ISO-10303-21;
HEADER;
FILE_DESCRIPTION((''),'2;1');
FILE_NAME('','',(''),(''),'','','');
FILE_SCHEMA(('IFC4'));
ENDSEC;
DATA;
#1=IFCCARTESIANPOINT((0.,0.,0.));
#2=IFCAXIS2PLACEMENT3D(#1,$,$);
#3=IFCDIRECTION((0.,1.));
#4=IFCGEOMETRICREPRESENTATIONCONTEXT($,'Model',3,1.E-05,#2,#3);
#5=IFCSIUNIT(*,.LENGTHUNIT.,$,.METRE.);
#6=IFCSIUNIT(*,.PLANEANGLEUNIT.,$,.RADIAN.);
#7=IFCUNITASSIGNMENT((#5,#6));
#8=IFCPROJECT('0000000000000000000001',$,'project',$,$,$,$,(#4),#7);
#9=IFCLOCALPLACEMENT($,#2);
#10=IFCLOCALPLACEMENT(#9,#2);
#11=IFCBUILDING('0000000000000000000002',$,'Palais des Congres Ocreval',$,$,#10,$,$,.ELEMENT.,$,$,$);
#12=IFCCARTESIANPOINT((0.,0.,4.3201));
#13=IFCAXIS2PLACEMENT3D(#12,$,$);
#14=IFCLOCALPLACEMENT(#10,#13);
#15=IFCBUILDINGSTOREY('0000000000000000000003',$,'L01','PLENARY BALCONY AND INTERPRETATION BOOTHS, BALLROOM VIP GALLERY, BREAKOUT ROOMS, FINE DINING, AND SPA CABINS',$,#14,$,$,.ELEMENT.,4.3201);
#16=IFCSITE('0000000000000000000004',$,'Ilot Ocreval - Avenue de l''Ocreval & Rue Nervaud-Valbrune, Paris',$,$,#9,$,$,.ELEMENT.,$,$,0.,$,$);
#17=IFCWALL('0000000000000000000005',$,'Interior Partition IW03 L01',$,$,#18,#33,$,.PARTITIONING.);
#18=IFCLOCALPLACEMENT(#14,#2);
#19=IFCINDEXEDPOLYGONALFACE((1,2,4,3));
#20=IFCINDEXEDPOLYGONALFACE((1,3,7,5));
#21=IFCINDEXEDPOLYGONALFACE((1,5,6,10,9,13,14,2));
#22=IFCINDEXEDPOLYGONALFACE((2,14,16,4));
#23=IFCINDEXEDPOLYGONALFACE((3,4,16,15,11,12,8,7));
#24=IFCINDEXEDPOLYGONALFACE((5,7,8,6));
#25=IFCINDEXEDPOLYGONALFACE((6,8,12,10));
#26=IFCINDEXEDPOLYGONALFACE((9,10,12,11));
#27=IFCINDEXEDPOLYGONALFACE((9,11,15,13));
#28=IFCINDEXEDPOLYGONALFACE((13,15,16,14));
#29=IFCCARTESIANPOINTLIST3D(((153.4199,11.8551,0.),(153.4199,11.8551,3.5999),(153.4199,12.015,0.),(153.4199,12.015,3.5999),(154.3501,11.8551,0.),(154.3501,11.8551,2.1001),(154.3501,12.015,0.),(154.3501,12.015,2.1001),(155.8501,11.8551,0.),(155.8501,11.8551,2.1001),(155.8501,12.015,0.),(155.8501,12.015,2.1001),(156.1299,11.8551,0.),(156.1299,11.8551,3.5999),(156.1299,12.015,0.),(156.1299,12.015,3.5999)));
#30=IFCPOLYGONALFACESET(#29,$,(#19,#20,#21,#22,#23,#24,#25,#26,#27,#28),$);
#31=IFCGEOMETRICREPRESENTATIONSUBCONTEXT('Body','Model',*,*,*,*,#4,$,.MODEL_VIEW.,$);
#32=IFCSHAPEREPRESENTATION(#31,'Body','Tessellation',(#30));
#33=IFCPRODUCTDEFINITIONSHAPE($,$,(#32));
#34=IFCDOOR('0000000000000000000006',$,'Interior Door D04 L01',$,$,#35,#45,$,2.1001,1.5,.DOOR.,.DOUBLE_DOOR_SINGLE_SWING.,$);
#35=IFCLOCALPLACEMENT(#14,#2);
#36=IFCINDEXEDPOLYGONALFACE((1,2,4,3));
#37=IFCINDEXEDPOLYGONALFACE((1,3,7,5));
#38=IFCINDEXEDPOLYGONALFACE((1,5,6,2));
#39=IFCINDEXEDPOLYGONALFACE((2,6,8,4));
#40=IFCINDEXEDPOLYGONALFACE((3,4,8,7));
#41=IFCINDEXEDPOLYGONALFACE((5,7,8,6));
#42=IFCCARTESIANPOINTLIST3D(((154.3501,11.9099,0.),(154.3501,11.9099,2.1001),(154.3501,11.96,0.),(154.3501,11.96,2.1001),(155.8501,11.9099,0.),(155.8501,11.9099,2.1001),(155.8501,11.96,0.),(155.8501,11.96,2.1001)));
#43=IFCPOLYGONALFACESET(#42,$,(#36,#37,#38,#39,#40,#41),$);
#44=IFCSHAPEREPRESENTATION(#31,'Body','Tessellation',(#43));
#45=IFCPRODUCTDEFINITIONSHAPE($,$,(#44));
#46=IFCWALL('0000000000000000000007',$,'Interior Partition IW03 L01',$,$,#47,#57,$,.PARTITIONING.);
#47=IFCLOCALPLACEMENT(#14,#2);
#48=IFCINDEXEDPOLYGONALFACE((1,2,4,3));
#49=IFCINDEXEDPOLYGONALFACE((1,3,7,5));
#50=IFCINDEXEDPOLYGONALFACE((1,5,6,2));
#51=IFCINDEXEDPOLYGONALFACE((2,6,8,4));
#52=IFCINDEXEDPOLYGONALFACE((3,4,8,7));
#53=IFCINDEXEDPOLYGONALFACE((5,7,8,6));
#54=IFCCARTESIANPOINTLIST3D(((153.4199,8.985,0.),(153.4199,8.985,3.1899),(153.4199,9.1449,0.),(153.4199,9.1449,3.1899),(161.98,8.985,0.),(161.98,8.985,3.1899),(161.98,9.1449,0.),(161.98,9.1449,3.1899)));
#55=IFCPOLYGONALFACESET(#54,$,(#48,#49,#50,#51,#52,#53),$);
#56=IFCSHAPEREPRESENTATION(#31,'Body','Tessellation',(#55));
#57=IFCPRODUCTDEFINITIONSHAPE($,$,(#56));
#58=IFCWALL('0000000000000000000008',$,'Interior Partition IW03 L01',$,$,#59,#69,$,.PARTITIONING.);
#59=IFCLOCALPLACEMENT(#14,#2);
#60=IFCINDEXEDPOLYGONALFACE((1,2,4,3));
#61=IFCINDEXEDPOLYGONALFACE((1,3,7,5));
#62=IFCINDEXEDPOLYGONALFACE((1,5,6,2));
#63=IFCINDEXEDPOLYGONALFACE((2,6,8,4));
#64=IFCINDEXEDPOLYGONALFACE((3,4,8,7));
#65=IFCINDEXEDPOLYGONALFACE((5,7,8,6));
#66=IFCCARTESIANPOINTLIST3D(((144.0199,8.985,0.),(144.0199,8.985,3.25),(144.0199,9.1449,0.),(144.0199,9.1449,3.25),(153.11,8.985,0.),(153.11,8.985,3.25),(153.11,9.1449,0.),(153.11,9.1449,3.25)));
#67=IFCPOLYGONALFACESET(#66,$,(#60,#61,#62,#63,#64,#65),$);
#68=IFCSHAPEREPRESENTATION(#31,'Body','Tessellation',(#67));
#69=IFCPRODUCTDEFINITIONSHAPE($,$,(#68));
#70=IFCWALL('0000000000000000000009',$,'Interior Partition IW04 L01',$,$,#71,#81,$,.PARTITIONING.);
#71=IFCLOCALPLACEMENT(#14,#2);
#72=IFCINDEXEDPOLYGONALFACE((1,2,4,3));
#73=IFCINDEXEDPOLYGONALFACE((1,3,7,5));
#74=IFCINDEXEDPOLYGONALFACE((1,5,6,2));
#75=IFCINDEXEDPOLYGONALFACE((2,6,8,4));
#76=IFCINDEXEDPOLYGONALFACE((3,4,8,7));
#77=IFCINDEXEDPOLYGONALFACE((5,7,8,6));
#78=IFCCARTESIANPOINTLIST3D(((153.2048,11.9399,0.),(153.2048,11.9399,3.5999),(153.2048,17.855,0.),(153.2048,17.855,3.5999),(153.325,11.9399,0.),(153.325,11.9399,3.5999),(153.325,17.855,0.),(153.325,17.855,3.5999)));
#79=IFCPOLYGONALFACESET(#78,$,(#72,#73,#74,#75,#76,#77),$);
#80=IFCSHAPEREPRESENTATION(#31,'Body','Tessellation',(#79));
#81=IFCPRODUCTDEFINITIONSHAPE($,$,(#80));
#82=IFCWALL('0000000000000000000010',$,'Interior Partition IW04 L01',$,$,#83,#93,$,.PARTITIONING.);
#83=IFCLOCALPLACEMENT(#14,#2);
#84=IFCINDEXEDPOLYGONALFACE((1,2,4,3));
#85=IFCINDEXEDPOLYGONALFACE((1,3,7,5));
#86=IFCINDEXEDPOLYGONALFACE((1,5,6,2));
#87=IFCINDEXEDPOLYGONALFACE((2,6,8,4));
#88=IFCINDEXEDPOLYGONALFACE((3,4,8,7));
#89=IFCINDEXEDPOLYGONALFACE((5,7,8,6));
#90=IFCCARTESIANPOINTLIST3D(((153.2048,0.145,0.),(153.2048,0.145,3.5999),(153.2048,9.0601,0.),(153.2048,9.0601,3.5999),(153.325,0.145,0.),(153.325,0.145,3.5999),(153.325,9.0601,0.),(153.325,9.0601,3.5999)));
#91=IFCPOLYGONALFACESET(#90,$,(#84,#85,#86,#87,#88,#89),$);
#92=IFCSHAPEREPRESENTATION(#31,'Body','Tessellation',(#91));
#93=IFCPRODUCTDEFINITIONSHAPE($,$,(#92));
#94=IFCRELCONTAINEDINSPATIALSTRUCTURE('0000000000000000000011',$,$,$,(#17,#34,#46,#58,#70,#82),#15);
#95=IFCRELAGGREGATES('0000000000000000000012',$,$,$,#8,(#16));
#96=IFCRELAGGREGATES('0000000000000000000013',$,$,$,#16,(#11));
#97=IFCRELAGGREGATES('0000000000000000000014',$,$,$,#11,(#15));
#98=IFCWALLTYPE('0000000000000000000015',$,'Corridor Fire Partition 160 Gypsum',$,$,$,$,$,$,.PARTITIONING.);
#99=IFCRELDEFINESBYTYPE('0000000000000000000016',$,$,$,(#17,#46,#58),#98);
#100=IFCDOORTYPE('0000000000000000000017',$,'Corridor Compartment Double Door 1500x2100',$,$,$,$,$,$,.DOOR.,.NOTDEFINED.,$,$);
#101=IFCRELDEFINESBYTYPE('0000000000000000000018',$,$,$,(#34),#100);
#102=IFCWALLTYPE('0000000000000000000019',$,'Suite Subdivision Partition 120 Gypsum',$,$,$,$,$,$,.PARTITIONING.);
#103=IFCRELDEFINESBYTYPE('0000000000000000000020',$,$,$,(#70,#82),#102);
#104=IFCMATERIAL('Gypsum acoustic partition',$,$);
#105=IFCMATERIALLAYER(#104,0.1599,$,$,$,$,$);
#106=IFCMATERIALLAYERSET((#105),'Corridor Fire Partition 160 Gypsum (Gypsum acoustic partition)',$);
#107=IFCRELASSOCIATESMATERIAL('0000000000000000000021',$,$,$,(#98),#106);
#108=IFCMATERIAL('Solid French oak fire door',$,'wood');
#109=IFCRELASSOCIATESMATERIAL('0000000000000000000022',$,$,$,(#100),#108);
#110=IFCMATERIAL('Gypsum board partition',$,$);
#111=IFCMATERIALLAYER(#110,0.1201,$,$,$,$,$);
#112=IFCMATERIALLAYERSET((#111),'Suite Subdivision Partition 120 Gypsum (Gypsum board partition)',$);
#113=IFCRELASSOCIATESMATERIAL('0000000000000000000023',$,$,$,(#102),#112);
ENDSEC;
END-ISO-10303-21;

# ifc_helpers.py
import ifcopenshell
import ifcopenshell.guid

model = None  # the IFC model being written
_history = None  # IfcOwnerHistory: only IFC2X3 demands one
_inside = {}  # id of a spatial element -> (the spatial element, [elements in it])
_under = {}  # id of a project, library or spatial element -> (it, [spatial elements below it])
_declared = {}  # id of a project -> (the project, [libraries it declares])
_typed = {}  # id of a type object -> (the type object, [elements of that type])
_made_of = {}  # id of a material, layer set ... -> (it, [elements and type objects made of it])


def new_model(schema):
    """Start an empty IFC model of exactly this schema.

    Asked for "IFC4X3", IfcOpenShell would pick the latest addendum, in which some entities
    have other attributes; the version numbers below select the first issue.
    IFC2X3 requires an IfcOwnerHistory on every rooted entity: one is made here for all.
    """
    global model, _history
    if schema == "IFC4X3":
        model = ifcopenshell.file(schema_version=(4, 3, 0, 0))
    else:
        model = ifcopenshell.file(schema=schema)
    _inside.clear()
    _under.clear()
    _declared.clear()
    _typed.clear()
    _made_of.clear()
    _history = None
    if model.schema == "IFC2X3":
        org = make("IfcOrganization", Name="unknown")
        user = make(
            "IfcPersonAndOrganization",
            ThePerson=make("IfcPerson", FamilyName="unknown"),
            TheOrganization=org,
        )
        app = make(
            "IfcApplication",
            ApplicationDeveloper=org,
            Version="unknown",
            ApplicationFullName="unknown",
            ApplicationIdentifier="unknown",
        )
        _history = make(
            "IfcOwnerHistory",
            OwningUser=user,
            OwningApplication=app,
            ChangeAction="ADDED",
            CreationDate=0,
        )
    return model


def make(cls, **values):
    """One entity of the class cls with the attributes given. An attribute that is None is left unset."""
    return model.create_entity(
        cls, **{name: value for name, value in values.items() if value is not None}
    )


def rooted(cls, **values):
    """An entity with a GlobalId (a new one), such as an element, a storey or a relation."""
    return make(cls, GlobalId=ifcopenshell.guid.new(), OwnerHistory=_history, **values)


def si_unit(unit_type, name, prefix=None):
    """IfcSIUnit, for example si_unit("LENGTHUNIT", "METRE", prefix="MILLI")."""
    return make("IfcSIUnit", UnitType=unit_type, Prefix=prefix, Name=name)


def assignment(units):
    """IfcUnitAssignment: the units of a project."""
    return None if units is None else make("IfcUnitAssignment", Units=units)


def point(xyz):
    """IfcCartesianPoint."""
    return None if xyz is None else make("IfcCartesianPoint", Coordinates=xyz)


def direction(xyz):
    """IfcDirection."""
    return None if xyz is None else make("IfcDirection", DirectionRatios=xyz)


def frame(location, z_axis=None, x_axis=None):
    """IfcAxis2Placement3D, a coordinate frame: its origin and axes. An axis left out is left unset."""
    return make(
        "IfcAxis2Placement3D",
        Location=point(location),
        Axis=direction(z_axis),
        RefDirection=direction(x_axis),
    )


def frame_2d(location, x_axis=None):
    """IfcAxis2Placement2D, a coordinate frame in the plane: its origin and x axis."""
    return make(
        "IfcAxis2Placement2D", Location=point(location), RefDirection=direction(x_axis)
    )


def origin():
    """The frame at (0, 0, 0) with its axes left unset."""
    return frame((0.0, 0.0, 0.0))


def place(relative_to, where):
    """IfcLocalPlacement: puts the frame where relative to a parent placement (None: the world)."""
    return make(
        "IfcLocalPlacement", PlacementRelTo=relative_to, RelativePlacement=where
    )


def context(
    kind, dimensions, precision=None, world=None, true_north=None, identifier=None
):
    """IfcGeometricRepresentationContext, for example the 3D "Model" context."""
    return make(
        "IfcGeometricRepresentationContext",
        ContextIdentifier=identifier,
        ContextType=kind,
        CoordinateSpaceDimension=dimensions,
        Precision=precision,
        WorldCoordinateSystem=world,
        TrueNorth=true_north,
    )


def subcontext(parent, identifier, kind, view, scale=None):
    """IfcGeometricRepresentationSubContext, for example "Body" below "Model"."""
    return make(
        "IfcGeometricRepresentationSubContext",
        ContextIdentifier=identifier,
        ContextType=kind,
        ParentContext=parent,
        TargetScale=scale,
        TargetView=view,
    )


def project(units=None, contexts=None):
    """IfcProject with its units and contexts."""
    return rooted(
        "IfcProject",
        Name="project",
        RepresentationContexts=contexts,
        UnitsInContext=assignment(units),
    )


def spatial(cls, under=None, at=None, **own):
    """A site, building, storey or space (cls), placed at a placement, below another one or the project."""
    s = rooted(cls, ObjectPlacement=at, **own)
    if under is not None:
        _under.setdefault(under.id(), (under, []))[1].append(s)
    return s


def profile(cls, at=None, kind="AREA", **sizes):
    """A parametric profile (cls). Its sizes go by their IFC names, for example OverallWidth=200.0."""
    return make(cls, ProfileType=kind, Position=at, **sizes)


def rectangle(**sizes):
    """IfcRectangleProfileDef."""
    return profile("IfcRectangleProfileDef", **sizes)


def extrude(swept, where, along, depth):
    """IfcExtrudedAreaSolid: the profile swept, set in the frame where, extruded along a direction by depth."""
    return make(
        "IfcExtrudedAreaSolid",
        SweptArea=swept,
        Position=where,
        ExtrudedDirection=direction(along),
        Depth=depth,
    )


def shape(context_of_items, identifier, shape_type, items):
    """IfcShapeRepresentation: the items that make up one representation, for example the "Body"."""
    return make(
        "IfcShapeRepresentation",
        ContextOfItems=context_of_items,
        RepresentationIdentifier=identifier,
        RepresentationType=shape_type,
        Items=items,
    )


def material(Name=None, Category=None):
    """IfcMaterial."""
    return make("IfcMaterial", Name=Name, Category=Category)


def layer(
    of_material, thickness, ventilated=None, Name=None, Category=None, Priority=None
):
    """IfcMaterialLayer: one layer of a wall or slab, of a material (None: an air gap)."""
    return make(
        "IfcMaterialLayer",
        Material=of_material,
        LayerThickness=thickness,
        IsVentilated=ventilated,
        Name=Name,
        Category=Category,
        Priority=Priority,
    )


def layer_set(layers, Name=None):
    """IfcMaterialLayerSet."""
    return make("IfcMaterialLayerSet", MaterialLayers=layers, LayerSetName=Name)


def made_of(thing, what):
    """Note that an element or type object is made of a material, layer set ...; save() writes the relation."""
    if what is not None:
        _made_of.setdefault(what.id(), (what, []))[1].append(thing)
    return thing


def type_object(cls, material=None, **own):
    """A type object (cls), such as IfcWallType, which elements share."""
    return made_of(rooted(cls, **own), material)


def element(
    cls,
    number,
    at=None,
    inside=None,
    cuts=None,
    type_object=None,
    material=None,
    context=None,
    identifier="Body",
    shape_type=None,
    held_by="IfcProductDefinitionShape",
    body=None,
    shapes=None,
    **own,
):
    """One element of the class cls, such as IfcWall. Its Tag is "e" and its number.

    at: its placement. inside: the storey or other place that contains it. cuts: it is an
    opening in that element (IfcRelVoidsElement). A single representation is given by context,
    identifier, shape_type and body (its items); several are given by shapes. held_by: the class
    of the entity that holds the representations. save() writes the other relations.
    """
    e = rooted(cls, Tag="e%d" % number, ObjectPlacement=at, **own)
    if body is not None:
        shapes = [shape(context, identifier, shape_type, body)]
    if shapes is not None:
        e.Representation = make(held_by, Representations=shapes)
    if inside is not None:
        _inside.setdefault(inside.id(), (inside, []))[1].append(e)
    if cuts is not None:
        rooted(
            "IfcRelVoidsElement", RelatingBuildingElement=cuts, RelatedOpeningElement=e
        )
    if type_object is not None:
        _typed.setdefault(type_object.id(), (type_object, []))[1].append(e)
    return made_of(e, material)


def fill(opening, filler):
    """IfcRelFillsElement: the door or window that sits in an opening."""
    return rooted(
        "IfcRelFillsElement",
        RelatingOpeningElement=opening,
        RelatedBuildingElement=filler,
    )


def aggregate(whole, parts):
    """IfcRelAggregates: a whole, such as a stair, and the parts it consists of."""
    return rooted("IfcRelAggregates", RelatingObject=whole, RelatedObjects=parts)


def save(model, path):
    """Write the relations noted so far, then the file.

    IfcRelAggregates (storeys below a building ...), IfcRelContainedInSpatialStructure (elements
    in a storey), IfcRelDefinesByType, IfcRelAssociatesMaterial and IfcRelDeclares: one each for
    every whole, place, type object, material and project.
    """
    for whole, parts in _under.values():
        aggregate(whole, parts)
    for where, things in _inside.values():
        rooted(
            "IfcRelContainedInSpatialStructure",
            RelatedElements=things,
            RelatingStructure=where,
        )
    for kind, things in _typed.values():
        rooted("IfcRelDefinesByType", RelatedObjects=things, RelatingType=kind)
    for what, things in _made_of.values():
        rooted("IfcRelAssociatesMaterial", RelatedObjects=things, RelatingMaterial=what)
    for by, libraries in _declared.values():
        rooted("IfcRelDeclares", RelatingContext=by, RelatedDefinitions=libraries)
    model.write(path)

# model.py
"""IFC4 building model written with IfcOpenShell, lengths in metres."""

from ifc_helpers import new_model, si_unit, direction, frame, frame_2d, origin, place, context, subcontext, project, spatial, rectangle, extrude, material, layer, layer_set, type_object, element, fill, save


model = new_model("IFC4")

# Units and contexts
model_context = context("Model", 3, precision=1e-05, world=origin(), true_north=direction((0.0, 1.0)))
body_context = subcontext(model_context, "Body", "Model", "MODEL_VIEW")
ifc_project = project(units=[si_unit("LENGTHUNIT", "METRE"), si_unit("PLANEANGLEUNIT", "RADIAN")], contexts=[model_context])

# Site, building, storey
site_placement = place(None, origin())
site = spatial("IfcSite", under=ifc_project, at=site_placement, Name="Ilot Ocreval - Avenue de l'Ocreval & Rue Nervaud-Valbrune, Paris", CompositionType="ELEMENT", RefElevation=0.0)
building_placement = place(site_placement, origin())
building = spatial("IfcBuilding", under=site, at=building_placement, Name="Palais des Congres Ocreval", CompositionType="ELEMENT")
storey_placement = place(building_placement, frame((0.0, 0.0, 4.3201)))
storey = spatial("IfcBuildingStorey", under=building, at=storey_placement, Name="L01", Description="PLENARY BALCONY AND INTERPRETATION BOOTHS, BALLROOM VIP GALLERY, BREAKOUT ROOMS, FINE DINING, AND SPA CABINS", CompositionType="ELEMENT", Elevation=4.3201)

# Wall, opening, door
ifc_material_1 = material(Name="Gypsum acoustic partition")
ifc_layer_1 = layer(ifc_material_1, 0.1599)
ifc_layer_set_1 = layer_set([ifc_layer_1], Name="Corridor Fire Partition 160 Gypsum (Gypsum acoustic partition)")
wall_type_1 = type_object("IfcWallType", Name="Corridor Fire Partition 160 Gypsum", PredefinedType="PARTITIONING", material=ifc_layer_set_1)
wall_1_placement = place(storey_placement, frame((153.4199, 11.9351, 0.0), z_axis=(0.0, 0.0, 1.0), x_axis=(1.0, 0.0, 0.0)))
wall_1 = element("IfcWall", 1, at=wall_1_placement, inside=storey, type_object=wall_type_1, Name="Interior Partition IW03 L01", PredefinedType="PARTITIONING", context=body_context, shape_type="SweptSolid", body=[
    extrude(rectangle(XDim=2.71, YDim=0.1599, at=frame_2d((1.355, 0.0))), origin(), (0.0, 0.0, 1.0), 3.5999),
])
opening_placement = place(wall_1_placement, frame((0.9302, 0.0, 0.0)))
opening = element("IfcOpeningElement", 2, at=opening_placement, cuts=wall_1, PredefinedType="OPENING", context=body_context, shape_type="SweptSolid", body=[
    extrude(rectangle(XDim=1.5, YDim=2.1001, at=frame_2d((0.75, 1.05))), frame((0.0, 0.0898, 0.0), z_axis=(0.0, -1.0, 0.0), x_axis=(1.0, 0.0, 0.0)), (0.0, 0.0, 1.0), 0.1799),
])
ifc_material_2 = material(Name="Solid French oak fire door", Category="wood")
door_type = type_object("IfcDoorType", Name="Corridor Compartment Double Door 1500x2100", OperationType="NOTDEFINED", PredefinedType="DOOR", material=ifc_material_2)
door_placement = place(opening_placement, origin())
door = element("IfcDoor", 3, at=door_placement, inside=storey, type_object=door_type, Name="Interior Door D04 L01", OperationType="DOUBLE_DOOR_SINGLE_SWING", OverallHeight=2.1001, OverallWidth=1.5, PredefinedType="DOOR", context=body_context, shape_type="SweptSolid", body=[
    extrude(rectangle(XDim=1.5, YDim=2.1001, at=frame_2d((0.75, 1.05))), frame((0.0, 0.0249, 0.0), z_axis=(0.0, -1.0, 0.0), x_axis=(1.0, 0.0, 0.0)), (0.0, 0.0, 1.0), 0.05),
])
fill(opening, door)

# Walls
wall_2_placement = place(storey_placement, frame((153.4199, 9.0649, 0.0), z_axis=(0.0, 0.0, 1.0), x_axis=(1.0, 0.0, 0.0)))
element("IfcWall", 4, at=wall_2_placement, inside=storey, type_object=wall_type_1, Name="Interior Partition IW03 L01", PredefinedType="PARTITIONING", context=body_context, shape_type="SweptSolid", body=[
    extrude(rectangle(XDim=8.5601, YDim=0.1599, at=frame_2d((4.28, 0.0))), origin(), (0.0, 0.0, 1.0), 3.1899),
])
wall_3_placement = place(storey_placement, frame((144.02, 9.0649, 0.0), z_axis=(0.0, 0.0, 1.0), x_axis=(1.0, 0.0, 0.0)))
element("IfcWall", 5, at=wall_3_placement, inside=storey, type_object=wall_type_1, Name="Interior Partition IW03 L01", PredefinedType="PARTITIONING", context=body_context, shape_type="SweptSolid", body=[
    extrude(rectangle(XDim=9.0901, YDim=0.1599, at=frame_2d((4.5449, 0.0))), origin(), (0.0, 0.0, 1.0), 3.25),
])
ifc_material_3 = material(Name="Gypsum board partition")
ifc_layer_2 = layer(ifc_material_3, 0.1201)
ifc_layer_set_2 = layer_set([ifc_layer_2], Name="Suite Subdivision Partition 120 Gypsum (Gypsum board partition)")
wall_type_2 = type_object("IfcWallType", Name="Suite Subdivision Partition 120 Gypsum", PredefinedType="PARTITIONING", material=ifc_layer_set_2)
wall_4_placement = place(storey_placement, frame((153.2649, 11.9399, 0.0), z_axis=(0.0, 0.0, 1.0), x_axis=(0.0, 1.0, 0.0)))
element("IfcWall", 6, at=wall_4_placement, inside=storey, type_object=wall_type_2, Name="Interior Partition IW04 L01", PredefinedType="PARTITIONING", context=body_context, shape_type="SweptSolid", body=[
    extrude(rectangle(XDim=5.915, YDim=0.1201, at=frame_2d((2.9575, 0.0))), origin(), (0.0, 0.0, 1.0), 3.5999),
])
wall_5_placement = place(storey_placement, frame((153.2649, 0.145, 0.0), z_axis=(0.0, 0.0, 1.0), x_axis=(0.0, 1.0, 0.0)))
element("IfcWall", 7, at=wall_5_placement, inside=storey, type_object=wall_type_2, Name="Interior Partition IW04 L01", PredefinedType="PARTITIONING", context=body_context, shape_type="SweptSolid", body=[
    extrude(rectangle(XDim=8.915, YDim=0.1201, at=frame_2d((4.4575, 0.0))), origin(), (0.0, 0.0, 1.0), 3.5999),
])

save(model, "model.ifc")
